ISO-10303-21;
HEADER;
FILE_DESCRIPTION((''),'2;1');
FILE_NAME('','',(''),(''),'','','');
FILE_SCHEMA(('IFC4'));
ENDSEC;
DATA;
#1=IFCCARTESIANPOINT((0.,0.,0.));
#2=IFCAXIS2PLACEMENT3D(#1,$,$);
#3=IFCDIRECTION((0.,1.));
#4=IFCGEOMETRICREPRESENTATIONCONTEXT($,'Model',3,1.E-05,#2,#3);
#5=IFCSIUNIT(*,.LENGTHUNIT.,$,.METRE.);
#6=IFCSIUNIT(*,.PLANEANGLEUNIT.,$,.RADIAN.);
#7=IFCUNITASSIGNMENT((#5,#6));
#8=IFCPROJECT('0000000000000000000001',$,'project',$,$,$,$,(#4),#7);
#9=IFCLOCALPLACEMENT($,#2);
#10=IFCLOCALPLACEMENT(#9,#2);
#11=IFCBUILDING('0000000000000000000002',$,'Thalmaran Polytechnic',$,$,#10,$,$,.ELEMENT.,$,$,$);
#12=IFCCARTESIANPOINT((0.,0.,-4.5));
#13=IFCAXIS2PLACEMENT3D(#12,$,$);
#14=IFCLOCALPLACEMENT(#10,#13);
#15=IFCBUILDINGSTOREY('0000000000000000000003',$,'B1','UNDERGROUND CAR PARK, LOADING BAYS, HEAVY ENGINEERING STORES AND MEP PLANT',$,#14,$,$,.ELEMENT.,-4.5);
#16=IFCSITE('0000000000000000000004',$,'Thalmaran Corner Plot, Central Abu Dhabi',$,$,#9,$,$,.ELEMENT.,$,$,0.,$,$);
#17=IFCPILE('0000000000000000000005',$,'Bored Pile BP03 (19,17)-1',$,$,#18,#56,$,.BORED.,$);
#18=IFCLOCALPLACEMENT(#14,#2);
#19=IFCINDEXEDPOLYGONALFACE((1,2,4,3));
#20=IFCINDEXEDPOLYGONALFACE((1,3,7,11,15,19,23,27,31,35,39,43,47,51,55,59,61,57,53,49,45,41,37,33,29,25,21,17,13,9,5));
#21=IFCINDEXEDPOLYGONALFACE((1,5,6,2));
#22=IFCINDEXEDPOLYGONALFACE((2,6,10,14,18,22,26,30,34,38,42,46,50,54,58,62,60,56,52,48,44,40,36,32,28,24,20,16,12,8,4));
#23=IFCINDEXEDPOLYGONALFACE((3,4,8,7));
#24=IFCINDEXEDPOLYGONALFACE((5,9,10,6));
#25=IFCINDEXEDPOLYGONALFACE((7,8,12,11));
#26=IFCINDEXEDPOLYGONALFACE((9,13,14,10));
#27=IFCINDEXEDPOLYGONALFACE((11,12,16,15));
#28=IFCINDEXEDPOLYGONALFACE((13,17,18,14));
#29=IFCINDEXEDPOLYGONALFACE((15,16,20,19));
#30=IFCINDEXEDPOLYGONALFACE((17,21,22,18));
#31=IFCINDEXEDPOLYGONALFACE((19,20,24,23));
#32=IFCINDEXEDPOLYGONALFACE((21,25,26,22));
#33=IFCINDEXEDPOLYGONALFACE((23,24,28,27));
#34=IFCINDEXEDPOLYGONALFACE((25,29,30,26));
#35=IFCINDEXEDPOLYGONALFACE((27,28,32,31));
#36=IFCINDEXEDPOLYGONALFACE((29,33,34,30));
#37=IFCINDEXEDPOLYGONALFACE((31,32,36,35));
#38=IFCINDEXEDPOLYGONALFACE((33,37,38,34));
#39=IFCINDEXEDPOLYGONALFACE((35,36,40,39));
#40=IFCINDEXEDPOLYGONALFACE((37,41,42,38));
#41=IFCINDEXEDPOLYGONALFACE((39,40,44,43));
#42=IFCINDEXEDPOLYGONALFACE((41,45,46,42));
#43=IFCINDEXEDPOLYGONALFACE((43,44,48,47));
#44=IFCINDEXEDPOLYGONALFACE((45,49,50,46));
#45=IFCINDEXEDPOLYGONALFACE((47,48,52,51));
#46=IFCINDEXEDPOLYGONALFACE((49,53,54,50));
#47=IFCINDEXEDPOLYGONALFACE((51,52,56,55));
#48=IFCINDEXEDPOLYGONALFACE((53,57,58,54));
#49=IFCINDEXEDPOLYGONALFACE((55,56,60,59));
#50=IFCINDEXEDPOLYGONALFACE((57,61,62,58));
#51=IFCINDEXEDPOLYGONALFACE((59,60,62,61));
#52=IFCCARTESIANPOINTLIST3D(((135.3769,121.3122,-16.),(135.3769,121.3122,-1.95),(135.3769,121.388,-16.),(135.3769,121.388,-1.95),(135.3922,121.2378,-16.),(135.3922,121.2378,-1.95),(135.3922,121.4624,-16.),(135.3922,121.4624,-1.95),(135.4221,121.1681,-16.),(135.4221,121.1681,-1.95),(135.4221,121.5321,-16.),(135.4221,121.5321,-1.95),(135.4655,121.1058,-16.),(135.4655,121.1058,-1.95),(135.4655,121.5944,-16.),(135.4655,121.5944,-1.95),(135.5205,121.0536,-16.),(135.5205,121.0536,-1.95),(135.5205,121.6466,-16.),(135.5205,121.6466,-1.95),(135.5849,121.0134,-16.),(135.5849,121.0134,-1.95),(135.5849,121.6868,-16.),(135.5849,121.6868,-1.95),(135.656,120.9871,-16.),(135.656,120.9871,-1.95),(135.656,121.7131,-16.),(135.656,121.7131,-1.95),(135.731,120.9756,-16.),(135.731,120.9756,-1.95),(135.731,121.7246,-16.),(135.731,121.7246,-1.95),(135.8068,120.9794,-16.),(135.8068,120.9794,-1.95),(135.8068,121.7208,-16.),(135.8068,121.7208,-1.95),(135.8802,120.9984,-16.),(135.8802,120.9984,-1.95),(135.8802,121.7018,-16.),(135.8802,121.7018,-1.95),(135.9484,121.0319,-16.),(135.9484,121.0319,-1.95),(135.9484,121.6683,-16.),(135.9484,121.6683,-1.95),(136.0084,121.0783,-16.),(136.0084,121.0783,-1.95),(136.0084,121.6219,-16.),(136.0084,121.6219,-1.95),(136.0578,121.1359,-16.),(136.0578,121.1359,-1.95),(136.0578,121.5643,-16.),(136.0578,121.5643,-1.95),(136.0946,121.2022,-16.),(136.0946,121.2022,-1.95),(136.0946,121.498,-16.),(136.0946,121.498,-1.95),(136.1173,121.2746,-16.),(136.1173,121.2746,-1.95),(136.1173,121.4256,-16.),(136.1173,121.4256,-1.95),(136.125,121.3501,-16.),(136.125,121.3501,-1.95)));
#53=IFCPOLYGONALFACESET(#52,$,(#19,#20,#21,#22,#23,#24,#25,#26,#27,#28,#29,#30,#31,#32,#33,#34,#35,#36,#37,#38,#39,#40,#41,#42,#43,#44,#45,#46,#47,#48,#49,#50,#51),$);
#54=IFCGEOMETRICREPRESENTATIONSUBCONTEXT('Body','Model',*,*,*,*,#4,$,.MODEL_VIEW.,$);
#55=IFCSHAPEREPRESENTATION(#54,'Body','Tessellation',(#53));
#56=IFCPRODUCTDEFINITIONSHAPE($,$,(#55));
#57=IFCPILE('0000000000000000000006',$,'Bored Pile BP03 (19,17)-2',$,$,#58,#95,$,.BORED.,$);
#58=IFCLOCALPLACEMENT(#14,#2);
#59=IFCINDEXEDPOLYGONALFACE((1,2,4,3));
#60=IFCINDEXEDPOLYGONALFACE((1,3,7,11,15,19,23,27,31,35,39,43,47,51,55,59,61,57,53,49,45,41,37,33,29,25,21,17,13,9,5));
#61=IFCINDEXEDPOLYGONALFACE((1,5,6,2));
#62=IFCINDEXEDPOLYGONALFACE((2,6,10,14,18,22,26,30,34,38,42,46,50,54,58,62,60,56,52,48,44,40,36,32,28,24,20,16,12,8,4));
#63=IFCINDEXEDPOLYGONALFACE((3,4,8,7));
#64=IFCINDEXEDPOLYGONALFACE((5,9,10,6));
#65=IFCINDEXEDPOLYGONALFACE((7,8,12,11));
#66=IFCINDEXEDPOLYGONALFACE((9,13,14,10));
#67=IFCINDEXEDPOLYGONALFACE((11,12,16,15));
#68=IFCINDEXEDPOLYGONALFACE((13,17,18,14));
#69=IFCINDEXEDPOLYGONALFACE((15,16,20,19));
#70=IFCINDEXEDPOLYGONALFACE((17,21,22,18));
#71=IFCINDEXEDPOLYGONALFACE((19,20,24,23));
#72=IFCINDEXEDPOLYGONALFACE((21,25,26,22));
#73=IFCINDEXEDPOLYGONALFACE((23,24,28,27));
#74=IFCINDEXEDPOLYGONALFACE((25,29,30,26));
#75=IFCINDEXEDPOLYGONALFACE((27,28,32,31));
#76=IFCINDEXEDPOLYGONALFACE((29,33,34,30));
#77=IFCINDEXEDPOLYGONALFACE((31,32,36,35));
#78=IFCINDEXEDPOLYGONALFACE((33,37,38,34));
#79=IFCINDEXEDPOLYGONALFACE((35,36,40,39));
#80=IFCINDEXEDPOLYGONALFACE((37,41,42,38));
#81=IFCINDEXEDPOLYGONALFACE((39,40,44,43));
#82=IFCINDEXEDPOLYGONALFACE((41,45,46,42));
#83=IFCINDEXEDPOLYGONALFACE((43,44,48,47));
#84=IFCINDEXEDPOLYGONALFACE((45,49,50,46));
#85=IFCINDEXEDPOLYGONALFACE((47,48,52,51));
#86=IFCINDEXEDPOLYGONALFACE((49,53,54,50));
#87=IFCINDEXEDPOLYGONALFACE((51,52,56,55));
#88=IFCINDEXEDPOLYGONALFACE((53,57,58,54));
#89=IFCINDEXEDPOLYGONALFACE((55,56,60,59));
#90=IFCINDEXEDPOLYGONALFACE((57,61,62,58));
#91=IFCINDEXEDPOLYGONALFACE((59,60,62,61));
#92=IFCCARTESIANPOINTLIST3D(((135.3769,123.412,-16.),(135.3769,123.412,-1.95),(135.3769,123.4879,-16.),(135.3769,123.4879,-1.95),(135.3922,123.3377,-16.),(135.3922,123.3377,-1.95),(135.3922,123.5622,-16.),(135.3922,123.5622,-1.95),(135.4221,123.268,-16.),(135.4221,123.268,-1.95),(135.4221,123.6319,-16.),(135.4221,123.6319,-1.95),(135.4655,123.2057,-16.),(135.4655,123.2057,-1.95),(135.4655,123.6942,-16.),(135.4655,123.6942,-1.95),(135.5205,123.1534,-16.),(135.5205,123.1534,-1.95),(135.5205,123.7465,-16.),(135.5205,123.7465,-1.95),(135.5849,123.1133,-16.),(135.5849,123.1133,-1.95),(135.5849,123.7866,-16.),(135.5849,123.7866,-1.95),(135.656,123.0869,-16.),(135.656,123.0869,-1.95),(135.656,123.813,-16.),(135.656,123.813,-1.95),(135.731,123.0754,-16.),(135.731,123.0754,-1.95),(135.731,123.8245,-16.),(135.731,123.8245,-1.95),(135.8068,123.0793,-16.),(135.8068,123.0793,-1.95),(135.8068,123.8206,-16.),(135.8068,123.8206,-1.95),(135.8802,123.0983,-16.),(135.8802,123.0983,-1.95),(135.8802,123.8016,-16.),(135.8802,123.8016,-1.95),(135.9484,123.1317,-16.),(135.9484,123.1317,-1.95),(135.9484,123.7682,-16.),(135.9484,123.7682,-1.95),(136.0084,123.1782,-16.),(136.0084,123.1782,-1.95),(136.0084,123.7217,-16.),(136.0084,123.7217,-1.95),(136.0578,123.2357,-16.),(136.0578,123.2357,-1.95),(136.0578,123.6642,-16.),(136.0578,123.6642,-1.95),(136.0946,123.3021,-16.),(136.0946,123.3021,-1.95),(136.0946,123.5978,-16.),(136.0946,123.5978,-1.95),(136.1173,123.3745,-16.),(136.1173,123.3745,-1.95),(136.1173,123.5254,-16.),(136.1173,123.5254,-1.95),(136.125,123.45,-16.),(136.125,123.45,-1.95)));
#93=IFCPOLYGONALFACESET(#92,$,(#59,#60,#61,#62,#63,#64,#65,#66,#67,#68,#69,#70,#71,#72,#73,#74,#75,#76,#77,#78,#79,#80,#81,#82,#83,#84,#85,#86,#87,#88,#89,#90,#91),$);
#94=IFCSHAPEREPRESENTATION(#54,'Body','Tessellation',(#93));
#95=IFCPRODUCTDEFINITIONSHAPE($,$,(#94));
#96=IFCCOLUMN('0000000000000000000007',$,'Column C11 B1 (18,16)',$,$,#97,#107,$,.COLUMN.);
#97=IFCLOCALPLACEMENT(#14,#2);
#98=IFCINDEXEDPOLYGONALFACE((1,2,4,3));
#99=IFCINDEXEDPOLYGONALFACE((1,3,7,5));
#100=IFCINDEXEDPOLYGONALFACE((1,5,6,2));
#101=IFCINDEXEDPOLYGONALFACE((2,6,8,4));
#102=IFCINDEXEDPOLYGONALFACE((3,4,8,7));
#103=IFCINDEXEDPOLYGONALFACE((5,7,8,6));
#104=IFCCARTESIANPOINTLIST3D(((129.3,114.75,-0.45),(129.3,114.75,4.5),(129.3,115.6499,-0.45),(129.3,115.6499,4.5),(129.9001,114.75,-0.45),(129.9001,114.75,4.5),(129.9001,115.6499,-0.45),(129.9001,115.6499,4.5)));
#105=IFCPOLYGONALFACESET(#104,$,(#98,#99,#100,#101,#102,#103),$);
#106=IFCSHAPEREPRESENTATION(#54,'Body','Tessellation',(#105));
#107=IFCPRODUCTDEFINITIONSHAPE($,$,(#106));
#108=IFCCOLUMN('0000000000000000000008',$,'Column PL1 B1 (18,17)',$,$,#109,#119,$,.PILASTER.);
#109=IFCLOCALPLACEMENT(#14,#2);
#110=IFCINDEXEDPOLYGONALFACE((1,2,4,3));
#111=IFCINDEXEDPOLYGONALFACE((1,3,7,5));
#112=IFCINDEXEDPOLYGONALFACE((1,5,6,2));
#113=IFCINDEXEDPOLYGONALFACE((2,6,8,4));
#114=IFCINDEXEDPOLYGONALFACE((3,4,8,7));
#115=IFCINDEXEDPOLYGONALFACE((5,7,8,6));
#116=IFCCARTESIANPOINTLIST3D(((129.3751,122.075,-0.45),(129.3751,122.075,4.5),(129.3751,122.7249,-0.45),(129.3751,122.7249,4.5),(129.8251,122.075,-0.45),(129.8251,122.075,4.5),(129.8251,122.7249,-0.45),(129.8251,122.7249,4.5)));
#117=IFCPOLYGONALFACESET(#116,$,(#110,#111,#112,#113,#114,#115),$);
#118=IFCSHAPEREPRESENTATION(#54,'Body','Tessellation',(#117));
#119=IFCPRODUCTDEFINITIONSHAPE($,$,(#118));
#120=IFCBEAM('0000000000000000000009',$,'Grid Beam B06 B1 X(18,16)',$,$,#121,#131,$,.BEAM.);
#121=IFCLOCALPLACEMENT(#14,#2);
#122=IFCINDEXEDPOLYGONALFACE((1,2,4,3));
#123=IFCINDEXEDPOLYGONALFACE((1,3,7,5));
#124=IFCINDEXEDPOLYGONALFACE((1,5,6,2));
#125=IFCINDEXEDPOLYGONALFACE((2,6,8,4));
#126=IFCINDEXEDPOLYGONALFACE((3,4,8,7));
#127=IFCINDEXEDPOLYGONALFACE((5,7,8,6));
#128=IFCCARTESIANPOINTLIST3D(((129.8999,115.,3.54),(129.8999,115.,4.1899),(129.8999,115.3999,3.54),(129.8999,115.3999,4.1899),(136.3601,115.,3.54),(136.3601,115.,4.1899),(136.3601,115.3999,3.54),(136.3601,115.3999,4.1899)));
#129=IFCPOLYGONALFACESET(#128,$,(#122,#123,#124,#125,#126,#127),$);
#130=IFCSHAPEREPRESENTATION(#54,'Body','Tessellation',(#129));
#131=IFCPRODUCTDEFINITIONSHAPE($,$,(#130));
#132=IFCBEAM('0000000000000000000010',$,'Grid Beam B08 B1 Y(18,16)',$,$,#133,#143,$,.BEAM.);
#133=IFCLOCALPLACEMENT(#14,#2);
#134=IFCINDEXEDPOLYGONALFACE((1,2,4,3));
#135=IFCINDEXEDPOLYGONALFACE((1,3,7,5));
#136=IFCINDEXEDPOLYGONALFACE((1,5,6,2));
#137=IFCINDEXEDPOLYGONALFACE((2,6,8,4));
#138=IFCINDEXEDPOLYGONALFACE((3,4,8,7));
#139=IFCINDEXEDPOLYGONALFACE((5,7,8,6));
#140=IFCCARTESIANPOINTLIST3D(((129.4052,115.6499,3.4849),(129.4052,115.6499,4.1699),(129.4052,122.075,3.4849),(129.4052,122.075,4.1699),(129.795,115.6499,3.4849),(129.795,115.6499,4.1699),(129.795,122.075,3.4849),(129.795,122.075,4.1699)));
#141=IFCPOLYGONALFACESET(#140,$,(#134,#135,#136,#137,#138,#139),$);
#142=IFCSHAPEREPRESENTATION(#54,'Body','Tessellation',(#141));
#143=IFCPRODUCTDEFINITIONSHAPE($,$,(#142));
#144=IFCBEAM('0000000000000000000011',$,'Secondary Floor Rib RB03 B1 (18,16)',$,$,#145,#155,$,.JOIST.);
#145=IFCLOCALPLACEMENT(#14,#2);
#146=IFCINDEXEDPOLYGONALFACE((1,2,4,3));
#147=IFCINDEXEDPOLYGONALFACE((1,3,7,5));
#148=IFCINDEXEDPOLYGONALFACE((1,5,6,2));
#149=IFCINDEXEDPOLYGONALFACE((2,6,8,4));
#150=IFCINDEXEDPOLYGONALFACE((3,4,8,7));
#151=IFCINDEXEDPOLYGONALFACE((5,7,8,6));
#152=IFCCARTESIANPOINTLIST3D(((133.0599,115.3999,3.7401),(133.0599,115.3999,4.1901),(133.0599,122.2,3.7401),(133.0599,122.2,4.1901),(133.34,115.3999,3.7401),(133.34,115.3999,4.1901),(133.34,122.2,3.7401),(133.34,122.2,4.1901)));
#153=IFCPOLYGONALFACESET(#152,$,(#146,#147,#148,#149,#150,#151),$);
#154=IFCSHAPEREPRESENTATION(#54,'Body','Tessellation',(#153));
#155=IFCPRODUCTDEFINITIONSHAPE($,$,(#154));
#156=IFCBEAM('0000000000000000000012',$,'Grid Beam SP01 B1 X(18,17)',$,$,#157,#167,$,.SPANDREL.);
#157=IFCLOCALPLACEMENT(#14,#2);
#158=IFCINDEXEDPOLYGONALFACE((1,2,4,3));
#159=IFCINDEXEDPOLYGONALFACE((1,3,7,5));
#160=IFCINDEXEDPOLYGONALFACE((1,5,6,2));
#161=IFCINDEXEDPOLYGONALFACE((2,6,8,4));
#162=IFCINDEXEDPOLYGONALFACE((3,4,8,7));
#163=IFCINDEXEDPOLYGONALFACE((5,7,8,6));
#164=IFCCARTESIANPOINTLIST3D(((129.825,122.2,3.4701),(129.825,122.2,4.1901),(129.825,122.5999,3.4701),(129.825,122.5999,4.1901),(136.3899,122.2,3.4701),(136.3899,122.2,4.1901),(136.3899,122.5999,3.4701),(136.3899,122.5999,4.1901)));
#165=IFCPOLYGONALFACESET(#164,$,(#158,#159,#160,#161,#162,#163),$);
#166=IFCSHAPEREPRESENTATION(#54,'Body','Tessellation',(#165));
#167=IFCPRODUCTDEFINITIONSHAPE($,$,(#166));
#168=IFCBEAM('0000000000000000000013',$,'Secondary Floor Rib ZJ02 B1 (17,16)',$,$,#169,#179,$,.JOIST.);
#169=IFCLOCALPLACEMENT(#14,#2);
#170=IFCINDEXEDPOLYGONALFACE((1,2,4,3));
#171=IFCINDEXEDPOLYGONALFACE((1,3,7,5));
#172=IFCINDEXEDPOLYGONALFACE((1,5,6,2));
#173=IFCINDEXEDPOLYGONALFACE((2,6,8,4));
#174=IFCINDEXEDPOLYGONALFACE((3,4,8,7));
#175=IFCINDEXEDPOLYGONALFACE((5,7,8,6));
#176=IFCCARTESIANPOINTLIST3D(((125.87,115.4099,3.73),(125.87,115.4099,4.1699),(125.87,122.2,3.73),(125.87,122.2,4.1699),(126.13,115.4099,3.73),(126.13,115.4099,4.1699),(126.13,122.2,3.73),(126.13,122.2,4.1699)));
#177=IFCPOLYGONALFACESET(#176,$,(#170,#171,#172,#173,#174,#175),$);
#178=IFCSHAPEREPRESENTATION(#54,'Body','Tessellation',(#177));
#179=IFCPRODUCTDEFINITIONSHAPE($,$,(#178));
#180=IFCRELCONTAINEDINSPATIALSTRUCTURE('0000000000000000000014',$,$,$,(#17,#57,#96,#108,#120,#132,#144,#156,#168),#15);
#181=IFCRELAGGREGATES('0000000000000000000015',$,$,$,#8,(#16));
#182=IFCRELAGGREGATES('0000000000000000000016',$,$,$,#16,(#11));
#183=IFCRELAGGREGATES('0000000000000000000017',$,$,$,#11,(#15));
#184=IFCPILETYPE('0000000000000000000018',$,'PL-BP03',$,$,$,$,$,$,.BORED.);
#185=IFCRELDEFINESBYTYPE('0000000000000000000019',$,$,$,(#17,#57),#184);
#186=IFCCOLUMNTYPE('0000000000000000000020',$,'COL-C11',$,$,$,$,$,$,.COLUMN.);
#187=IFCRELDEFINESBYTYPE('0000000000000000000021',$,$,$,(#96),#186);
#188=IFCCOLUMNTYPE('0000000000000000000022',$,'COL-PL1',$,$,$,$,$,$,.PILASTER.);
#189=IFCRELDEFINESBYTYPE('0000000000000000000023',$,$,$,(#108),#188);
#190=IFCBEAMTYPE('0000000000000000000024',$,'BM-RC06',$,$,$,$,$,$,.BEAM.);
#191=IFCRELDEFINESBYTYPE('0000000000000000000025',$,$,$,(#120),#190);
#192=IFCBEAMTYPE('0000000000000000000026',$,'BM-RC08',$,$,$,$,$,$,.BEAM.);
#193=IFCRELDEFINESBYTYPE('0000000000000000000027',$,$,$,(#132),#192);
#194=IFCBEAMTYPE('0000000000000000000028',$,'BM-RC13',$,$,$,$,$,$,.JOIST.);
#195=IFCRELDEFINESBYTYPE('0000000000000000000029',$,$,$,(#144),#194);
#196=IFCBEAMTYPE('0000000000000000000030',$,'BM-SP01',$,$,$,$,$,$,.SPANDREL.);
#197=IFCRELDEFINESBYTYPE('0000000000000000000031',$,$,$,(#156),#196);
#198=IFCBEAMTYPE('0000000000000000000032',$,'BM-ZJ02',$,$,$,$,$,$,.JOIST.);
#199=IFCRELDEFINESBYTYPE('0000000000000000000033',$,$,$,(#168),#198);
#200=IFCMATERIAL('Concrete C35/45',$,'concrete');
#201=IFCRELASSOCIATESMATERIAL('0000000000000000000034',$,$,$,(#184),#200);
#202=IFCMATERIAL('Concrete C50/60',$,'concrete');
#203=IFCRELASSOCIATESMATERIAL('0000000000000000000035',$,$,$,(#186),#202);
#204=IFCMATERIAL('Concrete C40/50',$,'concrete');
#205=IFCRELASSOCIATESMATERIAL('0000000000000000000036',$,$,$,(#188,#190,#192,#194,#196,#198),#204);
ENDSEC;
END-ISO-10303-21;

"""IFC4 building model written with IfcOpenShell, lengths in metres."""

from ifc_helpers import new_model, si_unit, direction, frame, origin, origin_2d, place, context, subcontext, project, spatial, rectangle, circle, extrude, material, material_profile, profile_set, type_object, element, save


model = new_model("IFC4")

# Units and contexts
model_context = context("Model", 3, precision=1e-05, world=origin(), true_north=direction((0.0, 1.0)))
body_context = subcontext(model_context, "Body", "Model", "MODEL_VIEW")
ifc_project = project(units=[si_unit("LENGTHUNIT", "METRE"), si_unit("PLANEANGLEUNIT", "RADIAN")], contexts=[model_context])

# Site, building, storey
site_placement = place(None, origin())
site = spatial("IfcSite", under=ifc_project, at=site_placement, Name="Thalmaran Corner Plot, Central Abu Dhabi", CompositionType="ELEMENT", RefElevation=0.0)
building_placement = place(site_placement, origin())
building = spatial("IfcBuilding", under=site, at=building_placement, Name="Thalmaran Polytechnic", CompositionType="ELEMENT")
storey_placement = place(building_placement, frame((0.0, 0.0, -4.5)))
storey = spatial("IfcBuildingStorey", under=building, at=storey_placement, Name="B1", Description="UNDERGROUND CAR PARK, LOADING BAYS, HEAVY ENGINEERING STORES AND MEP PLANT", CompositionType="ELEMENT", Elevation=-4.5)

# Shared definitions
ifc_material_1 = material(Name="Concrete C40/50", Category="concrete")

# Piles
ifc_material_2 = material(Name="Concrete C35/45", Category="concrete")
ifc_material_profile_1 = material_profile(ifc_material_2, circle(Radius=0.375, at=origin_2d()), Name="RC 750 DIA")
ifc_profile_set_1 = profile_set([ifc_material_profile_1], Name="Concrete C35/45")
pile_type = type_object("IfcPileType", Name="PL-BP03", PredefinedType="BORED", material=ifc_profile_set_1)
for number, where, z_axis, x_axis, name in (
    (1, (135.75, 121.3501, -1.95), (0.0, 0.0, -1.0), (1.0, 0.0, 0.0), "Bored Pile BP03 (19,17)-1"),
    (2, (135.75, 123.45, -1.95), (0.0, 0.0, -1.0), (1.0, 0.0, 0.0), "Bored Pile BP03 (19,17)-2"),
):
    element("IfcPile", number, at=place(storey_placement, frame(where, z_axis=z_axis, x_axis=x_axis)), inside=storey, type_object=pile_type, Name=name, PredefinedType="BORED", context=body_context, shape_type="SweptSolid", body=[
        extrude(circle(Radius=0.375, at=origin_2d()), origin(), (0.0, 0.0, 1.0), 14.05),
    ])

# Columns
ifc_material_3 = material(Name="Concrete C50/60", Category="concrete")
ifc_material_profile_2 = material_profile(ifc_material_3, rectangle(XDim=0.6001, YDim=0.8999, at=origin_2d()), Name="RC 600x900")
ifc_profile_set_2 = profile_set([ifc_material_profile_2], Name="Concrete C50/60")
column_type_1 = type_object("IfcColumnType", Name="COL-C11", PredefinedType="COLUMN", material=ifc_profile_set_2)
column_1_placement = place(storey_placement, frame((129.6001, 115.2, -0.45), z_axis=(0.0, 0.0, 1.0), x_axis=(1.0, 0.0, 0.0)))
element("IfcColumn", 3, at=column_1_placement, inside=storey, type_object=column_type_1, Name="Column C11 B1 (18,16)", PredefinedType="COLUMN", context=body_context, shape_type="SweptSolid", body=[
    extrude(rectangle(XDim=0.6001, YDim=0.8999, at=origin_2d()), origin(), (0.0, 0.0, 1.0), 4.95),
])
ifc_material_profile_3 = material_profile(ifc_material_1, rectangle(XDim=0.45, YDim=0.6499, at=origin_2d()), Name="RC 450x650")
ifc_profile_set_3 = profile_set([ifc_material_profile_3], Name="Concrete C40/50")
column_type_2 = type_object("IfcColumnType", Name="COL-PL1", PredefinedType="PILASTER", material=ifc_profile_set_3)
column_2_placement = place(storey_placement, frame((129.6001, 122.3999, -0.45), z_axis=(0.0, 0.0, 1.0), x_axis=(1.0, 0.0, 0.0)))
element("IfcColumn", 4, at=column_2_placement, inside=storey, type_object=column_type_2, Name="Column PL1 B1 (18,17)", PredefinedType="PILASTER", context=body_context, shape_type="SweptSolid", body=[
    extrude(rectangle(XDim=0.45, YDim=0.6499, at=origin_2d()), origin(), (0.0, 0.0, 1.0), 4.95),
])

# Beams
ifc_material_profile_4 = material_profile(ifc_material_1, rectangle(XDim=0.3999, YDim=0.6499, at=origin_2d()), Name="RC 400x650")
ifc_profile_set_4 = profile_set([ifc_material_profile_4], Name="Concrete C40/50")
beam_type_1 = type_object("IfcBeamType", Name="BM-RC06", PredefinedType="BEAM", material=ifc_profile_set_4)
beam_1_placement = place(storey_placement, frame((129.8999, 115.2, 3.865), z_axis=(1.0, 0.0, 0.0), x_axis=(0.0, 1.0, 0.0)))
element("IfcBeam", 5, at=beam_1_placement, inside=storey, type_object=beam_type_1, Name="Grid Beam B06 B1 X(18,16)", PredefinedType="BEAM", context=body_context, shape_type="SweptSolid", body=[
    extrude(rectangle(XDim=0.3999, YDim=0.6499, at=origin_2d()), origin(), (0.0, 0.0, 1.0), 6.4602),
])
ifc_material_profile_5 = material_profile(ifc_material_1, rectangle(XDim=0.3899, YDim=0.6851, at=origin_2d()), Name="RC 390x685")
ifc_profile_set_5 = profile_set([ifc_material_profile_5], Name="Concrete C40/50")
beam_type_2 = type_object("IfcBeamType", Name="BM-RC08", PredefinedType="BEAM", material=ifc_profile_set_5)
beam_2_placement = place(storey_placement, frame((129.6001, 115.6499, 3.8274), z_axis=(0.0, 1.0, 0.0), x_axis=(-1.0, 0.0, 0.0)))
element("IfcBeam", 6, at=beam_2_placement, inside=storey, type_object=beam_type_2, Name="Grid Beam B08 B1 Y(18,16)", PredefinedType="BEAM", context=body_context, shape_type="SweptSolid", body=[
    extrude(rectangle(XDim=0.3899, YDim=0.6851, at=origin_2d()), origin(), (0.0, 0.0, 1.0), 6.425),
])
ifc_material_profile_6 = material_profile(ifc_material_1, rectangle(XDim=0.28, YDim=0.45, at=origin_2d()), Name="RC 280x450")
ifc_profile_set_6 = profile_set([ifc_material_profile_6], Name="Concrete C40/50")
beam_type_3 = type_object("IfcBeamType", Name="BM-RC13", PredefinedType="JOIST", material=ifc_profile_set_6)
beam_3_placement = place(storey_placement, frame((133.2, 115.3999, 3.9651), z_axis=(0.0, 1.0, 0.0), x_axis=(-1.0, 0.0, 0.0)))
element("IfcBeam", 7, at=beam_3_placement, inside=storey, type_object=beam_type_3, Name="Secondary Floor Rib RB03 B1 (18,16)", PredefinedType="JOIST", context=body_context, shape_type="SweptSolid", body=[
    extrude(rectangle(XDim=0.28, YDim=0.45, at=origin_2d()), origin(), (0.0, 0.0, 1.0), 6.8),
])
ifc_material_profile_7 = material_profile(ifc_material_1, rectangle(XDim=0.3999, YDim=0.72, at=origin_2d()), Name="RC 400x720")
ifc_profile_set_7 = profile_set([ifc_material_profile_7], Name="Concrete C40/50")
beam_type_4 = type_object("IfcBeamType", Name="BM-SP01", PredefinedType="SPANDREL", material=ifc_profile_set_7)
beam_4_placement = place(storey_placement, frame((129.825, 122.3999, 3.8301), z_axis=(1.0, 0.0, 0.0), x_axis=(0.0, 1.0, 0.0)))
element("IfcBeam", 8, at=beam_4_placement, inside=storey, type_object=beam_type_4, Name="Grid Beam SP01 B1 X(18,17)", PredefinedType="SPANDREL", context=body_context, shape_type="SweptSolid", body=[
    extrude(rectangle(XDim=0.3999, YDim=0.72, at=origin_2d()), origin(), (0.0, 0.0, 1.0), 6.5649),
])
ifc_material_profile_8 = material_profile(ifc_material_1, rectangle(XDim=0.26, YDim=0.4399, at=origin_2d()), Name="RC 260x440")
ifc_profile_set_8 = profile_set([ifc_material_profile_8], Name="Concrete C40/50")
beam_type_5 = type_object("IfcBeamType", Name="BM-ZJ02", PredefinedType="JOIST", material=ifc_profile_set_8)
beam_5_placement = place(storey_placement, frame((126.0, 115.4099, 3.95), z_axis=(0.0, 1.0, 0.0), x_axis=(-1.0, 0.0, 0.0)))
element("IfcBeam", 9, at=beam_5_placement, inside=storey, type_object=beam_type_5, Name="Secondary Floor Rib ZJ02 B1 (17,16)", PredefinedType="JOIST", context=body_context, shape_type="SweptSolid", body=[
    extrude(rectangle(XDim=0.26, YDim=0.4399, at=origin_2d()), origin(), (0.0, 0.0, 1.0), 6.79),
])

save(model, "model.ifc")
